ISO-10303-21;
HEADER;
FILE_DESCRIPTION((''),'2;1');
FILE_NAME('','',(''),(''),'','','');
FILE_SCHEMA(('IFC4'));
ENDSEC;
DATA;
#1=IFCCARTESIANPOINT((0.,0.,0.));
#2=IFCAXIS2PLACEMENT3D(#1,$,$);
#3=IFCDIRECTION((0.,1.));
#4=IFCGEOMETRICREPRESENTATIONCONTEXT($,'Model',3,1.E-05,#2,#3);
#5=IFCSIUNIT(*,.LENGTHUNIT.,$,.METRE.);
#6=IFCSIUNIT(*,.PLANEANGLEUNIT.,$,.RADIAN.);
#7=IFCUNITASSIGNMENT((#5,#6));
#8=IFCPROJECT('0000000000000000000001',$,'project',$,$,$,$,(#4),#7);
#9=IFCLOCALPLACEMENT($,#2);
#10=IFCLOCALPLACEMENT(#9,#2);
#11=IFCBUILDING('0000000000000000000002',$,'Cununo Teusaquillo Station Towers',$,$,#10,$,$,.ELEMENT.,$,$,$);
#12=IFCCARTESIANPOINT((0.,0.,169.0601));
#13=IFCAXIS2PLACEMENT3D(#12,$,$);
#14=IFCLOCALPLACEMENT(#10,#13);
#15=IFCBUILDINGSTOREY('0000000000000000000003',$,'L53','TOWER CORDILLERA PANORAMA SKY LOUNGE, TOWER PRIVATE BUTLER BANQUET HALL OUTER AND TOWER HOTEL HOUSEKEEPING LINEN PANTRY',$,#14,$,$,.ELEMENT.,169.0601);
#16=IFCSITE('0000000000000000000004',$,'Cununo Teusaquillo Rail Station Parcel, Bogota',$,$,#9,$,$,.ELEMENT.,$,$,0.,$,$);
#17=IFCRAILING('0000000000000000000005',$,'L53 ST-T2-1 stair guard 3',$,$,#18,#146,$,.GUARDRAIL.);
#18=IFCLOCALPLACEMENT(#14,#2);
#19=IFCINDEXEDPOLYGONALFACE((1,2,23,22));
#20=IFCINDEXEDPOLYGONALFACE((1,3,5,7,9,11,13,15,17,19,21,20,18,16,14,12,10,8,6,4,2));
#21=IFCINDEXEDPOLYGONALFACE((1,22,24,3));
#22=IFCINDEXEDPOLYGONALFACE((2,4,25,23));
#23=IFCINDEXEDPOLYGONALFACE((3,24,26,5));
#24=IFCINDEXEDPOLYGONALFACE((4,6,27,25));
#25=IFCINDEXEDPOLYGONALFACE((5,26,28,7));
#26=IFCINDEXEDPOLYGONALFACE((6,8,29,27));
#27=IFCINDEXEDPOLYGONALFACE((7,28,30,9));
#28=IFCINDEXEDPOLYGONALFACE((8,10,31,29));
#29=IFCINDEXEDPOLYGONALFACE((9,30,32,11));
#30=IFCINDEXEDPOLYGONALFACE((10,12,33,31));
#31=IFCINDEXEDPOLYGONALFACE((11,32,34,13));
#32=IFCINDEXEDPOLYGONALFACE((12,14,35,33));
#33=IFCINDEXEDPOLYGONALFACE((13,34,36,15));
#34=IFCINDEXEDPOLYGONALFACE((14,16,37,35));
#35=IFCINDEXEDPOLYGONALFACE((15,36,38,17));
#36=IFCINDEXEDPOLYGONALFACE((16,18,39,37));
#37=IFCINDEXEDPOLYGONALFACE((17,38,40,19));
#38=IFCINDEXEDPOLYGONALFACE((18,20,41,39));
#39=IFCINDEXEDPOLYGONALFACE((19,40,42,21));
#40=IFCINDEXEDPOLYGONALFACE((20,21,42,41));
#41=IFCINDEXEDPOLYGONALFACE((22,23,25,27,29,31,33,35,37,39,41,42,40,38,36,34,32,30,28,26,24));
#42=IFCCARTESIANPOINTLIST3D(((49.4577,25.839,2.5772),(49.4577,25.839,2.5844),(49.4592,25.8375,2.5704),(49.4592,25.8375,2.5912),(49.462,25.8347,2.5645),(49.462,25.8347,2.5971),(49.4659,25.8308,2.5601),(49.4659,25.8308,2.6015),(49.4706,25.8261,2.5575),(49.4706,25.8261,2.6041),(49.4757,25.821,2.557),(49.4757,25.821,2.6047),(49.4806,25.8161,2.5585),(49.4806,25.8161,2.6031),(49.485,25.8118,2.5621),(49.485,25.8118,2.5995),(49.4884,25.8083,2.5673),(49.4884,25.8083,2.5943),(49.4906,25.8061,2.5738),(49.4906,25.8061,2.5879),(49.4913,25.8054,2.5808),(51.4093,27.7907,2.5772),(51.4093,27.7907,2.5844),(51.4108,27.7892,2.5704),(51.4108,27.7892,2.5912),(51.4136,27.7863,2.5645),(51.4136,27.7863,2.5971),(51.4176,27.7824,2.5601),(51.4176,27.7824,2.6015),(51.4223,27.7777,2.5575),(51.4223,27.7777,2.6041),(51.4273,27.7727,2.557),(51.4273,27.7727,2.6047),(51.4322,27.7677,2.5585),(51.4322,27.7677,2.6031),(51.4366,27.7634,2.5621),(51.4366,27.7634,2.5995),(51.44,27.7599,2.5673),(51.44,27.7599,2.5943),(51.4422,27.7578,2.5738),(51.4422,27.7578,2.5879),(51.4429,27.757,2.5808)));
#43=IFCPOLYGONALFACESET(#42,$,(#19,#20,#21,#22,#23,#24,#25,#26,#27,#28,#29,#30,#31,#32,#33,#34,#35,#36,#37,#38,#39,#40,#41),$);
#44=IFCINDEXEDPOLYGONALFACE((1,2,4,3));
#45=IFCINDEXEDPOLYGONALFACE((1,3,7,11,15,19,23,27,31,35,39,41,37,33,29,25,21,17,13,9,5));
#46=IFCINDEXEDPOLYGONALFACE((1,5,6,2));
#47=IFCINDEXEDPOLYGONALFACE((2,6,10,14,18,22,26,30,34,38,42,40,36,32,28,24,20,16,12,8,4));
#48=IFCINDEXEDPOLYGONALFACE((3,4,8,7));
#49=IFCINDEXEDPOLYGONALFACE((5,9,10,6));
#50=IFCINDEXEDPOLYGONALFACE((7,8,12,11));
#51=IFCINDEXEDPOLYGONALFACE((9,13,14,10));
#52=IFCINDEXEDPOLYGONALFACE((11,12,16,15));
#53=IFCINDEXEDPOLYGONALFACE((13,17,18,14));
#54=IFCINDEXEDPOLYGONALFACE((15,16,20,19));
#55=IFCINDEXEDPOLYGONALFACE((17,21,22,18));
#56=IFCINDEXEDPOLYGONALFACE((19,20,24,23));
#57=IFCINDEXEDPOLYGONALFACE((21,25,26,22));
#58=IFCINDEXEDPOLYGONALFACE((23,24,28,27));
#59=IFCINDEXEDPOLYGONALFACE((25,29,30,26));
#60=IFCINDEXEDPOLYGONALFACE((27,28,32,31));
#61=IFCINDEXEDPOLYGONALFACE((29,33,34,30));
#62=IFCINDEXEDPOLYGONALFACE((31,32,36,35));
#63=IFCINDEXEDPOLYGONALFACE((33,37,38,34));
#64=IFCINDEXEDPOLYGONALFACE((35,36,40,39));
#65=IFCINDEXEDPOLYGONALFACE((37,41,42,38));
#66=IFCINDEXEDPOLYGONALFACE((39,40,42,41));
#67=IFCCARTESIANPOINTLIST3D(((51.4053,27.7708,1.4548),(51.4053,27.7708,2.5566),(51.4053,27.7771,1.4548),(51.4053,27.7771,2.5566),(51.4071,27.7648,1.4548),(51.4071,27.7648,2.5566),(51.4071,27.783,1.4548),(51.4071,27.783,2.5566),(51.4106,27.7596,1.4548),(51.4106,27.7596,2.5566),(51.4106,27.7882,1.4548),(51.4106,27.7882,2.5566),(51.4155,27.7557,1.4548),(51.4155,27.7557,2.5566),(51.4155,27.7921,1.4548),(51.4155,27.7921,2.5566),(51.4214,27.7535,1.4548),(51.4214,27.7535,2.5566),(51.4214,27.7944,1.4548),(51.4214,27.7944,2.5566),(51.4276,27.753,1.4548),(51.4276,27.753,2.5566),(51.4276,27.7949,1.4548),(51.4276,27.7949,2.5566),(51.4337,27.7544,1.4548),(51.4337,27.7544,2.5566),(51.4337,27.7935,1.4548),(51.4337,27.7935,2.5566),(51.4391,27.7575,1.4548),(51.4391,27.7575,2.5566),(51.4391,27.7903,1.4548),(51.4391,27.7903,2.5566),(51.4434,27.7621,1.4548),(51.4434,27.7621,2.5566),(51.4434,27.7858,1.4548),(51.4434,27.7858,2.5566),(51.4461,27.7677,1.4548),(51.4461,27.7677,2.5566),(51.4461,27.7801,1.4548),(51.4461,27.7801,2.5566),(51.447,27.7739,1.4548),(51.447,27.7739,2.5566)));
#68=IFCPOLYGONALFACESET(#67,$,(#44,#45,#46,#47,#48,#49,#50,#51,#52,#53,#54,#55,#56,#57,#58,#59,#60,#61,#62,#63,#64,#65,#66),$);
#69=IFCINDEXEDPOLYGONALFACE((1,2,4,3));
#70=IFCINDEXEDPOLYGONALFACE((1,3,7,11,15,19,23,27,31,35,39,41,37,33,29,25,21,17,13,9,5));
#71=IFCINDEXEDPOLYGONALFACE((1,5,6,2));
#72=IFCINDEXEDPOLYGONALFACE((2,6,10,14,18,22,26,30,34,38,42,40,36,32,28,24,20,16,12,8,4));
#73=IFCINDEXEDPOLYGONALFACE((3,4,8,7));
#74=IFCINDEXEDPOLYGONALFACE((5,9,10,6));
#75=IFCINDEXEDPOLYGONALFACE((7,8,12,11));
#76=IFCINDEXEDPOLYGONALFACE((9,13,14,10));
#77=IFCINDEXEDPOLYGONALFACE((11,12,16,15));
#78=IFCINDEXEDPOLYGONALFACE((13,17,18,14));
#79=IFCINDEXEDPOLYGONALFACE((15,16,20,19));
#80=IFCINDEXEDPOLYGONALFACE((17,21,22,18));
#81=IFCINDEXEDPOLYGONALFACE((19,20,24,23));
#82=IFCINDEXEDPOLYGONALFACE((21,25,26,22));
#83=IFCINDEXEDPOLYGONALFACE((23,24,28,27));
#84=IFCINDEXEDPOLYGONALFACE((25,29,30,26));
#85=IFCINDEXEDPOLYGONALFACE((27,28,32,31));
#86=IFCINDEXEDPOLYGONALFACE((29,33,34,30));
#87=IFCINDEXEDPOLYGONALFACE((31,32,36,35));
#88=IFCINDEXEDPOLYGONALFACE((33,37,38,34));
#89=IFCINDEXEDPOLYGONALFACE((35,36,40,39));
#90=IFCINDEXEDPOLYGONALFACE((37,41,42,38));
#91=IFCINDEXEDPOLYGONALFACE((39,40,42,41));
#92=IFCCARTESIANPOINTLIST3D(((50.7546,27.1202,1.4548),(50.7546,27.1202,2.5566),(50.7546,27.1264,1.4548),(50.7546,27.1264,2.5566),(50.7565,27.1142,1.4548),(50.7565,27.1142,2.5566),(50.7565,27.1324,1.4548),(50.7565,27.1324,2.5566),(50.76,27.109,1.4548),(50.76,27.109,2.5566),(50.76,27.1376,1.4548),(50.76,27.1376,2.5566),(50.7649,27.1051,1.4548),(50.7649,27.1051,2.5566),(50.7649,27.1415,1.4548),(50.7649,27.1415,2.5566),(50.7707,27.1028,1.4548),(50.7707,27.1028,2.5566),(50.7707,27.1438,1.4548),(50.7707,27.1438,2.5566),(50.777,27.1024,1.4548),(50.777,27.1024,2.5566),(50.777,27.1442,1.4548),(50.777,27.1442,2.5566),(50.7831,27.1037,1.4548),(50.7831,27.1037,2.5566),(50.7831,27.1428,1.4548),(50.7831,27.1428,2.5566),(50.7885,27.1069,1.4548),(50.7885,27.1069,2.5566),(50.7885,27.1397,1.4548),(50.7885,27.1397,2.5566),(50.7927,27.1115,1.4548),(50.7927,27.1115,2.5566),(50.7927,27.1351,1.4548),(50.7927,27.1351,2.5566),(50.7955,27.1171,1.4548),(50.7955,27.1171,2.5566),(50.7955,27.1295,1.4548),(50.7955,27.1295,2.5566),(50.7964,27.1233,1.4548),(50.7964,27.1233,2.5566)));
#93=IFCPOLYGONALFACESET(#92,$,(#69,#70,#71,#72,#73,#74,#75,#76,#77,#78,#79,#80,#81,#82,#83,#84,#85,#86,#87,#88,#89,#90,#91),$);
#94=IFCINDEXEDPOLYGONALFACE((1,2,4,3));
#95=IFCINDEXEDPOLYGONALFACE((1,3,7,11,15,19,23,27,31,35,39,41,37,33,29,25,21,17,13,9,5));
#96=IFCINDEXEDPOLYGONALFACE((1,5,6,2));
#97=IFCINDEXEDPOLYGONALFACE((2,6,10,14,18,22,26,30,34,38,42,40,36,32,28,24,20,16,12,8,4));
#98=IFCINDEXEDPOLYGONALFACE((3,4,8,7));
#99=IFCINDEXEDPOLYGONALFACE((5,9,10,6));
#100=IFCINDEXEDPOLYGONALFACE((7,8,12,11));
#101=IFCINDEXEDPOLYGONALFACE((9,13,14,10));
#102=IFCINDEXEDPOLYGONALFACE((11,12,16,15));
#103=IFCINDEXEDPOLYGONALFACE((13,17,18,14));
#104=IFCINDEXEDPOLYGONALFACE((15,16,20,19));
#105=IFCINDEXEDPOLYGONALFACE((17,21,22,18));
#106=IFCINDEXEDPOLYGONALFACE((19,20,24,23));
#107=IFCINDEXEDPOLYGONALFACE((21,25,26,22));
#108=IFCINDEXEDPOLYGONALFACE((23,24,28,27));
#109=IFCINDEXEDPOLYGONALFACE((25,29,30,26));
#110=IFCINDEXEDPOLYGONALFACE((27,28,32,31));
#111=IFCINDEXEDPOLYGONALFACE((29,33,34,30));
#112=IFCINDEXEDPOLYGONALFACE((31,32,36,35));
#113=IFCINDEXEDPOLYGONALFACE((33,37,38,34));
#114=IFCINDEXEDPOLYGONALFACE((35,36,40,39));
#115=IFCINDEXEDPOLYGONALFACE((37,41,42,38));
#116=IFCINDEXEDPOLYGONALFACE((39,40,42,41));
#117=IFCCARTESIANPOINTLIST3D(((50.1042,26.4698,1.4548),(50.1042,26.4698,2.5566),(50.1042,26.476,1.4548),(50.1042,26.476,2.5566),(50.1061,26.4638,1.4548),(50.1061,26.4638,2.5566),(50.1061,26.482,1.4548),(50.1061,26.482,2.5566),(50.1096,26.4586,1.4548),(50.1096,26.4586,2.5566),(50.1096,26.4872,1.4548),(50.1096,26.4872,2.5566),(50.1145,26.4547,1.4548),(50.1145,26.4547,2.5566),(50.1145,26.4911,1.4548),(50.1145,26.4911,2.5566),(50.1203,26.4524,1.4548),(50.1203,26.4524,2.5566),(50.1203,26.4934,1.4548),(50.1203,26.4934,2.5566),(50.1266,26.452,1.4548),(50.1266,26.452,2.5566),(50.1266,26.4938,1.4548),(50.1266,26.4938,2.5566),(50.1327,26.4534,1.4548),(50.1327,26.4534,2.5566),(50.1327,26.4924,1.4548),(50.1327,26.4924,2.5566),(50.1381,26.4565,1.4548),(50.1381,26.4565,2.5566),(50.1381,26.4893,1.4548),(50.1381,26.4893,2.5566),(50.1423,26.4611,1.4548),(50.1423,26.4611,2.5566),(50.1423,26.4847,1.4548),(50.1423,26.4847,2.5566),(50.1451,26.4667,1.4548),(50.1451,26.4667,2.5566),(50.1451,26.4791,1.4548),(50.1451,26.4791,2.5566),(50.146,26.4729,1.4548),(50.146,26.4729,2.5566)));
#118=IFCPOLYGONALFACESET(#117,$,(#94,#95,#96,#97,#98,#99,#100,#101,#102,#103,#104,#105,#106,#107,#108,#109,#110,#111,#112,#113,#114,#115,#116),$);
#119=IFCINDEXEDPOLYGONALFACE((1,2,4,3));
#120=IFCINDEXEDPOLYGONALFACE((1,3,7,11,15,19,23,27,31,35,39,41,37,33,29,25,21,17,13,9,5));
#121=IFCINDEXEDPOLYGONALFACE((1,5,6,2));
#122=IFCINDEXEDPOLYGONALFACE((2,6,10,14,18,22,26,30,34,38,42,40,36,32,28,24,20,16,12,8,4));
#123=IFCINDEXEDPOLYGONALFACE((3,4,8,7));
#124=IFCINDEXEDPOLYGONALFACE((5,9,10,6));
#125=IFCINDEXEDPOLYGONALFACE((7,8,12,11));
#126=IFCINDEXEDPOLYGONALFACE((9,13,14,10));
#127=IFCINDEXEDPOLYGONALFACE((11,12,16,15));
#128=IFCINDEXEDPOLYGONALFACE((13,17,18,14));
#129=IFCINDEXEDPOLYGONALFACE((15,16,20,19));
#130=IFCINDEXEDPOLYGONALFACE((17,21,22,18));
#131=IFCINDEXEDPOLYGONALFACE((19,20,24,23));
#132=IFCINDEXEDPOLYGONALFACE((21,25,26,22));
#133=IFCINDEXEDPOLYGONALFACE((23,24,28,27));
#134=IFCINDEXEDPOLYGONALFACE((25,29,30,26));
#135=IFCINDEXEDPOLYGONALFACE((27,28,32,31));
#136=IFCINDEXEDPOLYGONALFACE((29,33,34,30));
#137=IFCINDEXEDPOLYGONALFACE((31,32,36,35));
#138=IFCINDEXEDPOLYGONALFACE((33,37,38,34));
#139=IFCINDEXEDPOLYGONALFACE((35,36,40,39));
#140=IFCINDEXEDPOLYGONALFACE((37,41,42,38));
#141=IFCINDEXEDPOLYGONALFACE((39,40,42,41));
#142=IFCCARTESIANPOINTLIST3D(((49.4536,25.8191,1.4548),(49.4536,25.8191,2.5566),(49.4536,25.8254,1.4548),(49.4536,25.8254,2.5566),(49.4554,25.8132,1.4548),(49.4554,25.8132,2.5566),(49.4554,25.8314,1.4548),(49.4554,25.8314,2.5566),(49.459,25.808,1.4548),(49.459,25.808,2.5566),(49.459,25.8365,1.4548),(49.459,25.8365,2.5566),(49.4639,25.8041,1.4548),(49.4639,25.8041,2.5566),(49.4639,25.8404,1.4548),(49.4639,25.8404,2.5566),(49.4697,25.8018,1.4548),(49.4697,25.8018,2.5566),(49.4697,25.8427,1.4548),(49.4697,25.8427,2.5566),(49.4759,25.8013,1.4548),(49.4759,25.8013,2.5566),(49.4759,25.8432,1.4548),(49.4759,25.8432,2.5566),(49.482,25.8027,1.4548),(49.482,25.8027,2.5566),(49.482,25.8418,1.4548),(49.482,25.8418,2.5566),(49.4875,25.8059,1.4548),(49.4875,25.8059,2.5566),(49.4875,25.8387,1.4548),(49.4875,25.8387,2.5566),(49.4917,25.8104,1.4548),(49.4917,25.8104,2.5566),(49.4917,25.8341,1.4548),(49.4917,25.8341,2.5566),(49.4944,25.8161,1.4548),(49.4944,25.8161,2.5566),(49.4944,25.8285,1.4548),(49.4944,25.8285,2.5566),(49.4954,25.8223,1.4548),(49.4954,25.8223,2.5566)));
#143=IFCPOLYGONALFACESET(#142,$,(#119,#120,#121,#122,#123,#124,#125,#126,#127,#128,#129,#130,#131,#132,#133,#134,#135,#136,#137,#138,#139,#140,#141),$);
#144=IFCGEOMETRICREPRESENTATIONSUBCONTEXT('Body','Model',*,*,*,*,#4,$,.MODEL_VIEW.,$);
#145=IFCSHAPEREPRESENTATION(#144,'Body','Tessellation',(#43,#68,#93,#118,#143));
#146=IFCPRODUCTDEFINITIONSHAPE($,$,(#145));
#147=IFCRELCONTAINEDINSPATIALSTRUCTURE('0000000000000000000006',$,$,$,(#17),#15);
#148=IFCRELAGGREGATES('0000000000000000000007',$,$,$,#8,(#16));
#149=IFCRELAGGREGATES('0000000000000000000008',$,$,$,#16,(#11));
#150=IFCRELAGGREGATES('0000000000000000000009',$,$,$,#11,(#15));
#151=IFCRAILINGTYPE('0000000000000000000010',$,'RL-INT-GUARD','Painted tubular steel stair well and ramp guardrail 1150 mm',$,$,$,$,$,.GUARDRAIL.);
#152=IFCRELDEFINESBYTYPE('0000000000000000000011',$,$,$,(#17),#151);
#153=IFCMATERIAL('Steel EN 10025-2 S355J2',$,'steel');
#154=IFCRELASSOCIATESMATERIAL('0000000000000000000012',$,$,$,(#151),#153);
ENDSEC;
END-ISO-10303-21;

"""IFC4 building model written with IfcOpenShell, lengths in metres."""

from ifc_helpers import new_model, si_unit, direction, frame, origin, origin_2d, place, context, subcontext, project, spatial, circle, extrude, material, type_object, element, save


model = new_model("IFC4")

# Units and contexts
model_context = context("Model", 3, precision=1e-05, world=origin(), true_north=direction((0.0, 1.0)))
body_context = subcontext(model_context, "Body", "Model", "MODEL_VIEW")
ifc_project = project(units=[si_unit("LENGTHUNIT", "METRE"), si_unit("PLANEANGLEUNIT", "RADIAN")], contexts=[model_context])

# Site, building, storey
site_placement = place(None, origin())
site = spatial("IfcSite", under=ifc_project, at=site_placement, Name="Cununo Teusaquillo Rail Station Parcel, Bogota", CompositionType="ELEMENT", RefElevation=0.0)
building_placement = place(site_placement, origin())
building = spatial("IfcBuilding", under=site, at=building_placement, Name="Cununo Teusaquillo Station Towers", CompositionType="ELEMENT")
storey_placement = place(building_placement, frame((0.0, 0.0, 169.0601)))
storey = spatial("IfcBuildingStorey", under=building, at=storey_placement, Name="L53", Description="TOWER CORDILLERA PANORAMA SKY LOUNGE, TOWER PRIVATE BUTLER BANQUET HALL OUTER AND TOWER HOTEL HOUSEKEEPING LINEN PANTRY", CompositionType="ELEMENT", Elevation=169.0601)

# Railing
ifc_material_1 = material(Name="Steel EN 10025-2 S355J2", Category="steel")
railing_type_1 = type_object("IfcRailingType", Name="RL-INT-GUARD", Description="Painted tubular steel stair well and ramp guardrail 1150 mm", PredefinedType="GUARDRAIL", material=ifc_material_1)
railing_1_placement = place(storey_placement, frame((51.426, 27.7739, 1.4548)))
element("IfcRailing", 1, at=railing_1_placement, inside=storey, type_object=railing_type_1, Name="L53 ST-T2-1 stair guard 3", PredefinedType="GUARDRAIL", context=body_context, shape_type="SweptSolid", body=[
    extrude(circle(Radius=0.0239, at=origin_2d()), frame((0.0, 0.0, 1.126), z_axis=(-0.707107, -0.707107, 0.0), x_axis=(0.707107, -0.707107, 0.0)), (0.0, 0.0, 1.0), 2.76),
    extrude(circle(Radius=0.021, at=origin_2d()), origin(), (0.0, 0.0, 1.0), 1.1018),
    extrude(circle(Radius=0.021, at=origin_2d()), frame((-0.6506, -0.6506, 0.0)), (0.0, 0.0, 1.0), 1.1018),
    extrude(circle(Radius=0.021, at=origin_2d()), frame((-1.301, -1.301, 0.0)), (0.0, 0.0, 1.0), 1.1018),
    extrude(circle(Radius=0.021, at=origin_2d()), frame((-1.9517, -1.9517, 0.0)), (0.0, 0.0, 1.0), 1.1018),
])

save(model, "model.ifc")
